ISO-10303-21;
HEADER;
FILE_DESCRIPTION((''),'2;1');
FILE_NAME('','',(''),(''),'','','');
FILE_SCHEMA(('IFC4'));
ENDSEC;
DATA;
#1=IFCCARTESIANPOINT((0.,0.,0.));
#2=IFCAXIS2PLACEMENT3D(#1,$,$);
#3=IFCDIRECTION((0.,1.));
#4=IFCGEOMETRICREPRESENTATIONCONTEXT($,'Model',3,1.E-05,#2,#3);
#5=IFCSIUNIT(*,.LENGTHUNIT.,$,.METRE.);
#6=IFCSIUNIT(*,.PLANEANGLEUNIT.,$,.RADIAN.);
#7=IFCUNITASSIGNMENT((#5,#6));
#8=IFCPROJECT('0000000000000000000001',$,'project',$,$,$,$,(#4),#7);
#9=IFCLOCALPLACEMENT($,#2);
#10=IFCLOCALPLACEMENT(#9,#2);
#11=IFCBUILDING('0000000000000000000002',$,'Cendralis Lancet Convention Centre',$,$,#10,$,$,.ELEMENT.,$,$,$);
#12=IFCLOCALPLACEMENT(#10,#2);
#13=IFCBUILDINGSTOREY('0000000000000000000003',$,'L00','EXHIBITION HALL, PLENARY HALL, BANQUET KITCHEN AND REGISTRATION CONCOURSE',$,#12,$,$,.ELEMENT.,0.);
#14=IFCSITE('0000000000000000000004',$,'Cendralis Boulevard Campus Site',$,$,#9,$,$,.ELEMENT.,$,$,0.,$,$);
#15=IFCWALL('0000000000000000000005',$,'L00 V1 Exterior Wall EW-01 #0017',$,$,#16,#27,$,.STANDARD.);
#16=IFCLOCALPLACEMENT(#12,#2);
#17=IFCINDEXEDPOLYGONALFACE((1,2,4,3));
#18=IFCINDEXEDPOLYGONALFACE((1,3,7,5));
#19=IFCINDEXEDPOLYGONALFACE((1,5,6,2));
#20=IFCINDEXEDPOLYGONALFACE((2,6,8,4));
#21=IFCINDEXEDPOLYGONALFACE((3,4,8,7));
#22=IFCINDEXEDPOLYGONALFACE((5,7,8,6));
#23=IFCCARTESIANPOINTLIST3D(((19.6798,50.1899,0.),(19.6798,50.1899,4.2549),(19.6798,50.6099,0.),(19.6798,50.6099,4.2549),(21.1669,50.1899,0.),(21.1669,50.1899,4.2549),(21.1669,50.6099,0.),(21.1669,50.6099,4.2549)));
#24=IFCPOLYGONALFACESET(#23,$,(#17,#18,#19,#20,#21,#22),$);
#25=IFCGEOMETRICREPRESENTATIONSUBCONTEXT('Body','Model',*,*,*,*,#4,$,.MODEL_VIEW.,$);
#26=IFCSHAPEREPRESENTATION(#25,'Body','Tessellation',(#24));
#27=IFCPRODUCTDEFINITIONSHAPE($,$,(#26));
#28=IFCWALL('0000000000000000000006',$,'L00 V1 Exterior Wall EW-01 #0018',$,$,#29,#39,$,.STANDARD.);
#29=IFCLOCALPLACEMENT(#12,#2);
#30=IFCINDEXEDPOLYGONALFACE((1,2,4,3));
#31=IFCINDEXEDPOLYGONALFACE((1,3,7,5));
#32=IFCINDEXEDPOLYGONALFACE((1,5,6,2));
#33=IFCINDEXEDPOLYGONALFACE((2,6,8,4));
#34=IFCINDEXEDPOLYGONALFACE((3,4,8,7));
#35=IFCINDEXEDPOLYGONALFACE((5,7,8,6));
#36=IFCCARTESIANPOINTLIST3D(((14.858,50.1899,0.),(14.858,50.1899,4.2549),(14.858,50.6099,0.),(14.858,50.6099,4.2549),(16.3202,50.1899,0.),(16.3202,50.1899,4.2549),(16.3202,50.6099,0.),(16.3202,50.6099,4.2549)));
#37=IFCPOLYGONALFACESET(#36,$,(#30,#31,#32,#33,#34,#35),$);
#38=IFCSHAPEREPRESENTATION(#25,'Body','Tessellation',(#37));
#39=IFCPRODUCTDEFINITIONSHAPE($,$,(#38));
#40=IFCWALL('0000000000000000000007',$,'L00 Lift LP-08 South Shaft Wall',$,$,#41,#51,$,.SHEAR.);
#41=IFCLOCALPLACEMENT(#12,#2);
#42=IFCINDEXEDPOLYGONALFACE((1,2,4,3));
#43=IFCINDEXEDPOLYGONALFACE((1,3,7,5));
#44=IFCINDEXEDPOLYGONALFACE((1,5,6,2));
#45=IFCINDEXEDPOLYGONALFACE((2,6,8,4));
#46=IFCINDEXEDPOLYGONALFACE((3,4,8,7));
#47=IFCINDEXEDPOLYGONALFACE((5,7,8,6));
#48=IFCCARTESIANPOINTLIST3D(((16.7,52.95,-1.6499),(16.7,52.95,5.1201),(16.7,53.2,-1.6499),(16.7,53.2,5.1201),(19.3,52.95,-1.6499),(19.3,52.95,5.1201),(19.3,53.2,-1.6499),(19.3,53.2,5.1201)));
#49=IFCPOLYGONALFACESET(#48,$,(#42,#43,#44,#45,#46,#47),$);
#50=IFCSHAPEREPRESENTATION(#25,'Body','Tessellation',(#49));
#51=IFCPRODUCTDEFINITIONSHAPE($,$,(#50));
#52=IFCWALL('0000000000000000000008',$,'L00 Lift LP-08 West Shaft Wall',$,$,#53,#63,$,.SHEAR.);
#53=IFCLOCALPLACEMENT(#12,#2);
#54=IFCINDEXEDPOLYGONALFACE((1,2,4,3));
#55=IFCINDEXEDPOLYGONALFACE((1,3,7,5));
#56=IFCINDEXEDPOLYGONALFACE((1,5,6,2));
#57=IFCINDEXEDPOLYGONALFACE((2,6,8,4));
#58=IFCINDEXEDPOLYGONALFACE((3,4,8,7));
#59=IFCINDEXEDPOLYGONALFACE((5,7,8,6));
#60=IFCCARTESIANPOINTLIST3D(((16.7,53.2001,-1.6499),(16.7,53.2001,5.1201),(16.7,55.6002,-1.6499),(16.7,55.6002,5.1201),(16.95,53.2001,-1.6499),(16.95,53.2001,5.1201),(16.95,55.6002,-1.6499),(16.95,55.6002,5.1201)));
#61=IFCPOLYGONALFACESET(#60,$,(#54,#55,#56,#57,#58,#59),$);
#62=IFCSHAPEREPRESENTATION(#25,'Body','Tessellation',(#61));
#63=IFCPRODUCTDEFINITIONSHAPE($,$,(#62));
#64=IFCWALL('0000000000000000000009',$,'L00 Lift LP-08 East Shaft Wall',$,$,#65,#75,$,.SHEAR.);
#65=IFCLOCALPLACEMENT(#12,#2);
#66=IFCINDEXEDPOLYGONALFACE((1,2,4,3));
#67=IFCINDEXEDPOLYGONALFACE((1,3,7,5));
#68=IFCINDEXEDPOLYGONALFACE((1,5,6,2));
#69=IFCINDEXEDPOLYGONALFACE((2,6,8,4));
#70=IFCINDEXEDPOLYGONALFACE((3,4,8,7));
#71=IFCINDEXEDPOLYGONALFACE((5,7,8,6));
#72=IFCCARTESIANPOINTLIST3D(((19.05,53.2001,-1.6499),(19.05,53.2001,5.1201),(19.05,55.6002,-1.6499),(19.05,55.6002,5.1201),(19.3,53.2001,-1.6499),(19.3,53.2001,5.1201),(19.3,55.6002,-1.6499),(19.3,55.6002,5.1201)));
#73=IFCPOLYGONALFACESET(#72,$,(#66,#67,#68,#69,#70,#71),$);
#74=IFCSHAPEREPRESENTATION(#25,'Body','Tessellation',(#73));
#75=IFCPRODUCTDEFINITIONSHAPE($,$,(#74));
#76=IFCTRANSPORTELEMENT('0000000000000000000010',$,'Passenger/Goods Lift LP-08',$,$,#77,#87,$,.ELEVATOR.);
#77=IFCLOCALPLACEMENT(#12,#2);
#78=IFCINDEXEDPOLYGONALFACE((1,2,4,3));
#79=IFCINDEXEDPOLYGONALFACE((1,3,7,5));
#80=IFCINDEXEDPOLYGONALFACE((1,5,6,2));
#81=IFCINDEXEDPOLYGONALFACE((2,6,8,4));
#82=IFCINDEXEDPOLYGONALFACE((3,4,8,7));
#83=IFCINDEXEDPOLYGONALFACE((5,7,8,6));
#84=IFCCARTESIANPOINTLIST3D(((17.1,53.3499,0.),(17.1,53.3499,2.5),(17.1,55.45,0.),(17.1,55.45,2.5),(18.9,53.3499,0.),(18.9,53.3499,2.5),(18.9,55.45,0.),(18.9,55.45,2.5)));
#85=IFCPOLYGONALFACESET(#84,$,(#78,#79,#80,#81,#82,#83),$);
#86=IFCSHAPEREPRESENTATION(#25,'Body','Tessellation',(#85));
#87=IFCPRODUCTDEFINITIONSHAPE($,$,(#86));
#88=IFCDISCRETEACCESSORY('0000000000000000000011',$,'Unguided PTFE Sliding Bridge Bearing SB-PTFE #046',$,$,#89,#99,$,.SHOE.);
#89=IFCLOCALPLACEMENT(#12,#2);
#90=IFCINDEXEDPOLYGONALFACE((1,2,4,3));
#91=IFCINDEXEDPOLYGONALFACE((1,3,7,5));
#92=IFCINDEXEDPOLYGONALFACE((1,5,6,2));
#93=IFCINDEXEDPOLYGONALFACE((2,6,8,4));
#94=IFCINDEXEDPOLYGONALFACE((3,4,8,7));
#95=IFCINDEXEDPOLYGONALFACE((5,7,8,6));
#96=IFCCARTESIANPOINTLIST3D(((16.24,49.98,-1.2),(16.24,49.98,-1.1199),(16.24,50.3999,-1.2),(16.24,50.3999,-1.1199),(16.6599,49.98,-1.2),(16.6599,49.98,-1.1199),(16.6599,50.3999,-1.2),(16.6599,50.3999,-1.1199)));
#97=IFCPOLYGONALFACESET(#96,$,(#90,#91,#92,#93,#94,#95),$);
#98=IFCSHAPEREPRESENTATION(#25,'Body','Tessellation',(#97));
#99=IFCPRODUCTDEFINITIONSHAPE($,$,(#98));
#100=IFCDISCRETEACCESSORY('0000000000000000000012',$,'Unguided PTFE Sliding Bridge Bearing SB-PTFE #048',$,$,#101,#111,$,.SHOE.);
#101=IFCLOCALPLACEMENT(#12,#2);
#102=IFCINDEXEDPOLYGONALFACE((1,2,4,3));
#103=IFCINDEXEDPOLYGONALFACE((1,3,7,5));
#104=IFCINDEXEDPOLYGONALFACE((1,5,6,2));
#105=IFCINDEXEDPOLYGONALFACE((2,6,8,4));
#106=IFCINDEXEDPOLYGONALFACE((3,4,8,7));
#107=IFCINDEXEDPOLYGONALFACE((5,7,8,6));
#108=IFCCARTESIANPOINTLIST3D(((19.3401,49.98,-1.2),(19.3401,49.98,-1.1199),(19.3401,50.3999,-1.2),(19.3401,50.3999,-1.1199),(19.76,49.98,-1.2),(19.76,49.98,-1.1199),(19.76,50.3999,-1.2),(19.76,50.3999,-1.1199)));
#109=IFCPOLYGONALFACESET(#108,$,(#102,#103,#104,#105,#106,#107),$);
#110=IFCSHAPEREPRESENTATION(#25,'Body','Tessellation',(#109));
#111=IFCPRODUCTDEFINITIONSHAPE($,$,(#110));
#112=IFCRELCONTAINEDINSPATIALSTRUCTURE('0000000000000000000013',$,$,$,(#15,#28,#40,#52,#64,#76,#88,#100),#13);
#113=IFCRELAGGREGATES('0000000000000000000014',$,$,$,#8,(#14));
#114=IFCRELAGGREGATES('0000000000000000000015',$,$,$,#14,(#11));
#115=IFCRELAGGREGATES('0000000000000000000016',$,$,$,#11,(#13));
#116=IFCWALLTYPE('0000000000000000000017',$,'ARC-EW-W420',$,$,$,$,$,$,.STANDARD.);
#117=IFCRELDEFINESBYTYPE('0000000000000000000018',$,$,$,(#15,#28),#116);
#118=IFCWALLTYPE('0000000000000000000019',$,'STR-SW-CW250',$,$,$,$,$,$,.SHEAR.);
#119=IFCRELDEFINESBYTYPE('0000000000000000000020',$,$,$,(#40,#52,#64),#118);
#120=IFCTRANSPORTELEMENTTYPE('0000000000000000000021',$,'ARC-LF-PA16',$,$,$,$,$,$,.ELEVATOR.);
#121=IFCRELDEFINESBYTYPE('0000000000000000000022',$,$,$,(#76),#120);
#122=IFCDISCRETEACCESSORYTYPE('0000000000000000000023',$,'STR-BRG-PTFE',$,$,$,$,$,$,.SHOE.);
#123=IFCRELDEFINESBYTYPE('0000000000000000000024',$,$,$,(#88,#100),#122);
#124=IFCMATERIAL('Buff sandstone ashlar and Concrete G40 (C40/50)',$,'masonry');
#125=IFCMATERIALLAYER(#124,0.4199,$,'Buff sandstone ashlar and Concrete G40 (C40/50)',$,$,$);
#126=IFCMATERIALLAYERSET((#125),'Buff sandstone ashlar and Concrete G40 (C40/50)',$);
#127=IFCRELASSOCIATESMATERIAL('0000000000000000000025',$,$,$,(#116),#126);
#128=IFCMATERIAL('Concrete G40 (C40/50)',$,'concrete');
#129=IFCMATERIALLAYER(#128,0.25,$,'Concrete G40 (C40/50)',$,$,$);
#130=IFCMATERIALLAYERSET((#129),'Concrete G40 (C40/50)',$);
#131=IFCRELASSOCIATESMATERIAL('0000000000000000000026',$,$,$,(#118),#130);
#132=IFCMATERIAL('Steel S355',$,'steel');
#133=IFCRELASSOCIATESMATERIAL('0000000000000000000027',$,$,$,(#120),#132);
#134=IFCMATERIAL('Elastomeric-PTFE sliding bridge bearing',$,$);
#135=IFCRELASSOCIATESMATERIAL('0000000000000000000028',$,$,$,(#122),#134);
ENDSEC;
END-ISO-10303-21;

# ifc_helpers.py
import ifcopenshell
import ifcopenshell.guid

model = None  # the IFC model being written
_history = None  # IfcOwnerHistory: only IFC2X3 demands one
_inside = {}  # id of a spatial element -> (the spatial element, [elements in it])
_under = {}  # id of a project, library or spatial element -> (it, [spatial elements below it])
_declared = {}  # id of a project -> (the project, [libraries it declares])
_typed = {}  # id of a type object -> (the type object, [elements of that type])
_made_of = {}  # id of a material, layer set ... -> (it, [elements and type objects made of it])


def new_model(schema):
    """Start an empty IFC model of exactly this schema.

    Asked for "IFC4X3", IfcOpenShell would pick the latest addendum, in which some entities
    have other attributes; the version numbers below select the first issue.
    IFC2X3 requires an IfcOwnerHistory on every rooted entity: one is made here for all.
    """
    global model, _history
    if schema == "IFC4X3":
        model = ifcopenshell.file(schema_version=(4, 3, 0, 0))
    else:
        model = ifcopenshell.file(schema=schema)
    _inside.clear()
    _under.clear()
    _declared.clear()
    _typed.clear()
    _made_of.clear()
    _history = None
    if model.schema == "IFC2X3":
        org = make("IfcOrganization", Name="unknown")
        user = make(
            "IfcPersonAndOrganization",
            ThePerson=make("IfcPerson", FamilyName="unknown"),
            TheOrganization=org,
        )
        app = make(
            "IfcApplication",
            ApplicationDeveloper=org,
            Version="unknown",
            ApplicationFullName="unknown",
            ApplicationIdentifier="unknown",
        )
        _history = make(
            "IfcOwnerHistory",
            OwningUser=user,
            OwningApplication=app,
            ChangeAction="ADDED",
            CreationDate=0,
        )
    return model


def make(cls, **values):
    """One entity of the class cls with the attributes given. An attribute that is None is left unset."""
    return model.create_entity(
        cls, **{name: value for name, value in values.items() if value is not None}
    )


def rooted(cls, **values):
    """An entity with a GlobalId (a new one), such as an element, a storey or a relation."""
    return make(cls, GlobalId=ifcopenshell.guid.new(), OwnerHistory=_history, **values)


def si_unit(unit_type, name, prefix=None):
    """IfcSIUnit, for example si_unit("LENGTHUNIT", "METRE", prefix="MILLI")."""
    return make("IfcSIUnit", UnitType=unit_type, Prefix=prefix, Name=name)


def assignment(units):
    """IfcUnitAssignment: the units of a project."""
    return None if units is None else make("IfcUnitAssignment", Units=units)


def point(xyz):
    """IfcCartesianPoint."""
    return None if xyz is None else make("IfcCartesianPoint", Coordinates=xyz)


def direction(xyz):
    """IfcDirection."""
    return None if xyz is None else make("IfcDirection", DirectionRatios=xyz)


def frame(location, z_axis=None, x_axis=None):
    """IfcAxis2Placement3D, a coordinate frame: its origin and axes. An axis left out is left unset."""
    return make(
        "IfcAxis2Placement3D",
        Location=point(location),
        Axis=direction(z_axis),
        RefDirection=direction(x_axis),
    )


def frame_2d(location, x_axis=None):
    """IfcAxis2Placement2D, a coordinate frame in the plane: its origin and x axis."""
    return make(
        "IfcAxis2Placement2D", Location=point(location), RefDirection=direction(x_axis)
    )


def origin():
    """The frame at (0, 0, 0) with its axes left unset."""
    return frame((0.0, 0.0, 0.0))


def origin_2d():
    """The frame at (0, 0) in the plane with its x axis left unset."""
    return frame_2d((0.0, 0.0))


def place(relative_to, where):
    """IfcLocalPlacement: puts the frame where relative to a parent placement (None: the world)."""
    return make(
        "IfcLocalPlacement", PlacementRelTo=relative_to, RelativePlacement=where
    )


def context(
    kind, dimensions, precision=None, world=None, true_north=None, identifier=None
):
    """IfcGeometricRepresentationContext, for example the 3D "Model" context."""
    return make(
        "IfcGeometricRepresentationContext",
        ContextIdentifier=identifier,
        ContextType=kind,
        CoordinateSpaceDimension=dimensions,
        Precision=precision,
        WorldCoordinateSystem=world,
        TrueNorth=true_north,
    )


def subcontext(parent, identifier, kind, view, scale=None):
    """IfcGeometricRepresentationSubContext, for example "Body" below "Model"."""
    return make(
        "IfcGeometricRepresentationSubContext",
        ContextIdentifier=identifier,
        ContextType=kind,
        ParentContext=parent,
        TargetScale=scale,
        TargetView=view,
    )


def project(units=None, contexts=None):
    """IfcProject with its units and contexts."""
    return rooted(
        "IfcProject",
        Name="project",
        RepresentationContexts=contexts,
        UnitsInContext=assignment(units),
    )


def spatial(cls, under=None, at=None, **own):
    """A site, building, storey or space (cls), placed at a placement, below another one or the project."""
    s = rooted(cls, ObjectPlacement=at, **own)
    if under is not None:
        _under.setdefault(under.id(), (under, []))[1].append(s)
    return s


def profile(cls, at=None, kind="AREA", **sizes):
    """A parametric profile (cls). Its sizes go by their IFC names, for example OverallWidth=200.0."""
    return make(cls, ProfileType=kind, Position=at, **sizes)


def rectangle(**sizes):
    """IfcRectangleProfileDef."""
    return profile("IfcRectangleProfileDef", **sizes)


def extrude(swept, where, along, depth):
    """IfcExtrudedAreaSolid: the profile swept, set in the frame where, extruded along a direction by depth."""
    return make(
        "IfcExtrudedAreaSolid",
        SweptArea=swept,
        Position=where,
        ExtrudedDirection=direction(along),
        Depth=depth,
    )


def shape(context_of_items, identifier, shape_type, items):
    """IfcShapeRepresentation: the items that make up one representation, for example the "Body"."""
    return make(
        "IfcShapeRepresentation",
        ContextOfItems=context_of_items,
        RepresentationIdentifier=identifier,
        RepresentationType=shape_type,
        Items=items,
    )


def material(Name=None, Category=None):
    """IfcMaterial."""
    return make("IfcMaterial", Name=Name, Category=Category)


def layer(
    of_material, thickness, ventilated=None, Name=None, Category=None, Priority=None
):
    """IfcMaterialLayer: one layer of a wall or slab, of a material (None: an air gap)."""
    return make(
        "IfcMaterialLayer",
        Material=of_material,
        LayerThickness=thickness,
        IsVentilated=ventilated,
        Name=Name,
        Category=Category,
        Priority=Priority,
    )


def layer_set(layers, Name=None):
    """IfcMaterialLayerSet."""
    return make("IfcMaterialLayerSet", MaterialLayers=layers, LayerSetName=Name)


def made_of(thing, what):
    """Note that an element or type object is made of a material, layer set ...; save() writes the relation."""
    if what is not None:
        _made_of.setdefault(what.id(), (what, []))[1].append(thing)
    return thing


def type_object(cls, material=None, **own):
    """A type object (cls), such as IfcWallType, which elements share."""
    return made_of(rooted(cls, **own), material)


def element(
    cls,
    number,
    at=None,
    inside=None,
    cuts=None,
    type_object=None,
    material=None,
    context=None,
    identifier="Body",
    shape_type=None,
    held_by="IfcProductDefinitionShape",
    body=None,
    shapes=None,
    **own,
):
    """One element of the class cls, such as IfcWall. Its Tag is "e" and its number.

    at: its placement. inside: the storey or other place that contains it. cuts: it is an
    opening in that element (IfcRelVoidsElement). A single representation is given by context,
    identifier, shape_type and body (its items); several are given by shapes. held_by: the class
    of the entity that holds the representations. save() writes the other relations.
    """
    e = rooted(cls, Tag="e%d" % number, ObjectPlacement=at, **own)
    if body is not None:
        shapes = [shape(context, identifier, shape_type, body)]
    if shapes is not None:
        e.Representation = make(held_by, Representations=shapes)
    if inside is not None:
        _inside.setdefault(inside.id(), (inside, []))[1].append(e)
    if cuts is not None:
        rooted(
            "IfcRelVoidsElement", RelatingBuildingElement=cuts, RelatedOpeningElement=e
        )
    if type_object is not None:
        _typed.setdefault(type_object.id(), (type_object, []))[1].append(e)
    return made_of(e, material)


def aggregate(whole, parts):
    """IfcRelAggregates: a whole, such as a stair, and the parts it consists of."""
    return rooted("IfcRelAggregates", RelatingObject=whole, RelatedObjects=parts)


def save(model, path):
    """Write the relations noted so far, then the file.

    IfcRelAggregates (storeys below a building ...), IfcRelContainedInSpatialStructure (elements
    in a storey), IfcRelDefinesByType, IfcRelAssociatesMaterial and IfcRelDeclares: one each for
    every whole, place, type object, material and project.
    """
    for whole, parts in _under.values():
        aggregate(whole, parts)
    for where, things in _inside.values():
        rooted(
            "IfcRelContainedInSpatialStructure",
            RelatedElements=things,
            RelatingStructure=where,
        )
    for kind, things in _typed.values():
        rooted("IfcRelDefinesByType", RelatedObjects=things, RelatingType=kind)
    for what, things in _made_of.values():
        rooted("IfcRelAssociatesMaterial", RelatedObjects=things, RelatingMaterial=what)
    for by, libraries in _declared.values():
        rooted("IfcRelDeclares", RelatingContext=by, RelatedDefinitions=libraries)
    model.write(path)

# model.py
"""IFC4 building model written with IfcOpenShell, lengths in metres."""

from ifc_helpers import new_model, si_unit, direction, frame, frame_2d, origin, origin_2d, place, context, subcontext, project, spatial, rectangle, extrude, material, layer, layer_set, type_object, element, save


model = new_model("IFC4")

# Units and contexts
model_context = context("Model", 3, precision=1e-05, world=origin(), true_north=direction((0.0, 1.0)))
body_context = subcontext(model_context, "Body", "Model", "MODEL_VIEW")
ifc_project = project(units=[si_unit("LENGTHUNIT", "METRE"), si_unit("PLANEANGLEUNIT", "RADIAN")], contexts=[model_context])

# Site, building, storey
site_placement = place(None, origin())
site = spatial("IfcSite", under=ifc_project, at=site_placement, Name="Cendralis Boulevard Campus Site", CompositionType="ELEMENT", RefElevation=0.0)
building_placement = place(site_placement, origin())
building = spatial("IfcBuilding", under=site, at=building_placement, Name="Cendralis Lancet Convention Centre", CompositionType="ELEMENT")
storey_placement = place(building_placement, origin())
storey = spatial("IfcBuildingStorey", under=building, at=storey_placement, Name="L00", Description="EXHIBITION HALL, PLENARY HALL, BANQUET KITCHEN AND REGISTRATION CONCOURSE", CompositionType="ELEMENT", Elevation=0.0)

# Shared definitions
ifc_material_1 = material(Name="Steel S355", Category="steel")

# Walls
ifc_material_2 = material(Name="Buff sandstone ashlar and Concrete G40 (C40/50)", Category="masonry")
ifc_layer_1 = layer(ifc_material_2, 0.4199, Name="Buff sandstone ashlar and Concrete G40 (C40/50)")
ifc_layer_set_1 = layer_set([ifc_layer_1], Name="Buff sandstone ashlar and Concrete G40 (C40/50)")
wall_type_1 = type_object("IfcWallType", Name="ARC-EW-W420", PredefinedType="STANDARD", material=ifc_layer_set_1)
wall_1_placement = place(storey_placement, frame((21.167, 50.3999, 0.0), z_axis=(0.0, 0.0, 1.0), x_axis=(-1.0, 0.0, 0.0)))
element("IfcWall", 1, at=wall_1_placement, inside=storey, type_object=wall_type_1, Name="L00 V1 Exterior Wall EW-01 #0017", PredefinedType="STANDARD", context=body_context, shape_type="SweptSolid", body=[
    extrude(rectangle(XDim=1.4871, YDim=0.4199, at=frame_2d((0.7437, 0.0))), origin(), (0.0, 0.0, 1.0), 4.2549),
])
wall_2_placement = place(storey_placement, frame((16.3201, 50.3999, 0.0), z_axis=(0.0, 0.0, 1.0), x_axis=(-1.0, 0.0, 0.0)))
element("IfcWall", 2, at=wall_2_placement, inside=storey, type_object=wall_type_1, Name="L00 V1 Exterior Wall EW-01 #0018", PredefinedType="STANDARD", context=body_context, shape_type="SweptSolid", body=[
    extrude(rectangle(XDim=1.4622, YDim=0.4199, at=frame_2d((0.731, 0.0))), origin(), (0.0, 0.0, 1.0), 4.2549),
])
ifc_material_3 = material(Name="Concrete G40 (C40/50)", Category="concrete")
ifc_layer_2 = layer(ifc_material_3, 0.25, Name="Concrete G40 (C40/50)")
ifc_layer_set_2 = layer_set([ifc_layer_2], Name="Concrete G40 (C40/50)")
wall_type_2 = type_object("IfcWallType", Name="STR-SW-CW250", PredefinedType="SHEAR", material=ifc_layer_set_2)
wall_3_placement = place(storey_placement, frame((16.7, 53.075, -1.6499), z_axis=(0.0, 0.0, 1.0), x_axis=(1.0, 0.0, 0.0)))
element("IfcWall", 3, at=wall_3_placement, inside=storey, type_object=wall_type_2, Name="L00 Lift LP-08 South Shaft Wall", PredefinedType="SHEAR", context=body_context, shape_type="SweptSolid", body=[
    extrude(rectangle(XDim=2.6001, YDim=0.25, at=frame_2d((1.3, 0.0))), origin(), (0.0, 0.0, 1.0), 6.77),
])
for number, where, z_axis, x_axis, name in (
    (4, (16.825, 53.2, -1.6499), (0.0, 0.0, 1.0), (0.0, 1.0, 0.0), "L00 Lift LP-08 West Shaft Wall"),
    (5, (19.175, 53.2, -1.6499), (0.0, 0.0, 1.0), (0.0, 1.0, 0.0), "L00 Lift LP-08 East Shaft Wall"),
):
    element("IfcWall", number, at=place(storey_placement, frame(where, z_axis=z_axis, x_axis=x_axis)), inside=storey, type_object=wall_type_2, Name=name, PredefinedType="SHEAR", context=body_context, shape_type="SweptSolid", body=[
        extrude(rectangle(XDim=2.4001, YDim=0.25, at=frame_2d((1.2002, 0.0))), origin(), (0.0, 0.0, 1.0), 6.77),
    ])

# Transport element
transport_element_type = type_object("IfcTransportElementType", Name="ARC-LF-PA16", PredefinedType="ELEVATOR", material=ifc_material_1)
transport_element_placement = place(storey_placement, frame((18.0, 54.3999, 0.0), z_axis=(0.0, 0.0, 1.0), x_axis=(1.0, 0.0, 0.0)))
element("IfcTransportElement", 6, at=transport_element_placement, inside=storey, type_object=transport_element_type, Name="Passenger/Goods Lift LP-08", PredefinedType="ELEVATOR", context=body_context, shape_type="SweptSolid", body=[
    extrude(rectangle(XDim=1.8, YDim=2.1001, at=origin_2d()), origin(), (0.0, 0.0, 1.0), 2.5),
])

# Discrete accessories
ifc_material_4 = material(Name="Elastomeric-PTFE sliding bridge bearing")
discrete_accessory_type = type_object("IfcDiscreteAccessoryType", Name="STR-BRG-PTFE", PredefinedType="SHOE", material=ifc_material_4)
for number, where, z_axis, x_axis, name in (
    (7, (16.45, 50.1899, -1.2), (0.0, 0.0, 1.0), (1.0, 0.0, 0.0), "Unguided PTFE Sliding Bridge Bearing SB-PTFE #046"),
    (8, (19.55, 50.1899, -1.2), (0.0, 0.0, 1.0), (1.0, 0.0, 0.0), "Unguided PTFE Sliding Bridge Bearing SB-PTFE #048"),
):
    element("IfcDiscreteAccessory", number, at=place(storey_placement, frame(where, z_axis=z_axis, x_axis=x_axis)), inside=storey, type_object=discrete_accessory_type, Name=name, PredefinedType="SHOE", context=body_context, shape_type="SweptSolid", body=[
        extrude(rectangle(XDim=0.4199, YDim=0.4199, at=origin_2d()), origin(), (0.0, 0.0, 1.0), 0.0801),
    ])

save(model, "model.ifc")
